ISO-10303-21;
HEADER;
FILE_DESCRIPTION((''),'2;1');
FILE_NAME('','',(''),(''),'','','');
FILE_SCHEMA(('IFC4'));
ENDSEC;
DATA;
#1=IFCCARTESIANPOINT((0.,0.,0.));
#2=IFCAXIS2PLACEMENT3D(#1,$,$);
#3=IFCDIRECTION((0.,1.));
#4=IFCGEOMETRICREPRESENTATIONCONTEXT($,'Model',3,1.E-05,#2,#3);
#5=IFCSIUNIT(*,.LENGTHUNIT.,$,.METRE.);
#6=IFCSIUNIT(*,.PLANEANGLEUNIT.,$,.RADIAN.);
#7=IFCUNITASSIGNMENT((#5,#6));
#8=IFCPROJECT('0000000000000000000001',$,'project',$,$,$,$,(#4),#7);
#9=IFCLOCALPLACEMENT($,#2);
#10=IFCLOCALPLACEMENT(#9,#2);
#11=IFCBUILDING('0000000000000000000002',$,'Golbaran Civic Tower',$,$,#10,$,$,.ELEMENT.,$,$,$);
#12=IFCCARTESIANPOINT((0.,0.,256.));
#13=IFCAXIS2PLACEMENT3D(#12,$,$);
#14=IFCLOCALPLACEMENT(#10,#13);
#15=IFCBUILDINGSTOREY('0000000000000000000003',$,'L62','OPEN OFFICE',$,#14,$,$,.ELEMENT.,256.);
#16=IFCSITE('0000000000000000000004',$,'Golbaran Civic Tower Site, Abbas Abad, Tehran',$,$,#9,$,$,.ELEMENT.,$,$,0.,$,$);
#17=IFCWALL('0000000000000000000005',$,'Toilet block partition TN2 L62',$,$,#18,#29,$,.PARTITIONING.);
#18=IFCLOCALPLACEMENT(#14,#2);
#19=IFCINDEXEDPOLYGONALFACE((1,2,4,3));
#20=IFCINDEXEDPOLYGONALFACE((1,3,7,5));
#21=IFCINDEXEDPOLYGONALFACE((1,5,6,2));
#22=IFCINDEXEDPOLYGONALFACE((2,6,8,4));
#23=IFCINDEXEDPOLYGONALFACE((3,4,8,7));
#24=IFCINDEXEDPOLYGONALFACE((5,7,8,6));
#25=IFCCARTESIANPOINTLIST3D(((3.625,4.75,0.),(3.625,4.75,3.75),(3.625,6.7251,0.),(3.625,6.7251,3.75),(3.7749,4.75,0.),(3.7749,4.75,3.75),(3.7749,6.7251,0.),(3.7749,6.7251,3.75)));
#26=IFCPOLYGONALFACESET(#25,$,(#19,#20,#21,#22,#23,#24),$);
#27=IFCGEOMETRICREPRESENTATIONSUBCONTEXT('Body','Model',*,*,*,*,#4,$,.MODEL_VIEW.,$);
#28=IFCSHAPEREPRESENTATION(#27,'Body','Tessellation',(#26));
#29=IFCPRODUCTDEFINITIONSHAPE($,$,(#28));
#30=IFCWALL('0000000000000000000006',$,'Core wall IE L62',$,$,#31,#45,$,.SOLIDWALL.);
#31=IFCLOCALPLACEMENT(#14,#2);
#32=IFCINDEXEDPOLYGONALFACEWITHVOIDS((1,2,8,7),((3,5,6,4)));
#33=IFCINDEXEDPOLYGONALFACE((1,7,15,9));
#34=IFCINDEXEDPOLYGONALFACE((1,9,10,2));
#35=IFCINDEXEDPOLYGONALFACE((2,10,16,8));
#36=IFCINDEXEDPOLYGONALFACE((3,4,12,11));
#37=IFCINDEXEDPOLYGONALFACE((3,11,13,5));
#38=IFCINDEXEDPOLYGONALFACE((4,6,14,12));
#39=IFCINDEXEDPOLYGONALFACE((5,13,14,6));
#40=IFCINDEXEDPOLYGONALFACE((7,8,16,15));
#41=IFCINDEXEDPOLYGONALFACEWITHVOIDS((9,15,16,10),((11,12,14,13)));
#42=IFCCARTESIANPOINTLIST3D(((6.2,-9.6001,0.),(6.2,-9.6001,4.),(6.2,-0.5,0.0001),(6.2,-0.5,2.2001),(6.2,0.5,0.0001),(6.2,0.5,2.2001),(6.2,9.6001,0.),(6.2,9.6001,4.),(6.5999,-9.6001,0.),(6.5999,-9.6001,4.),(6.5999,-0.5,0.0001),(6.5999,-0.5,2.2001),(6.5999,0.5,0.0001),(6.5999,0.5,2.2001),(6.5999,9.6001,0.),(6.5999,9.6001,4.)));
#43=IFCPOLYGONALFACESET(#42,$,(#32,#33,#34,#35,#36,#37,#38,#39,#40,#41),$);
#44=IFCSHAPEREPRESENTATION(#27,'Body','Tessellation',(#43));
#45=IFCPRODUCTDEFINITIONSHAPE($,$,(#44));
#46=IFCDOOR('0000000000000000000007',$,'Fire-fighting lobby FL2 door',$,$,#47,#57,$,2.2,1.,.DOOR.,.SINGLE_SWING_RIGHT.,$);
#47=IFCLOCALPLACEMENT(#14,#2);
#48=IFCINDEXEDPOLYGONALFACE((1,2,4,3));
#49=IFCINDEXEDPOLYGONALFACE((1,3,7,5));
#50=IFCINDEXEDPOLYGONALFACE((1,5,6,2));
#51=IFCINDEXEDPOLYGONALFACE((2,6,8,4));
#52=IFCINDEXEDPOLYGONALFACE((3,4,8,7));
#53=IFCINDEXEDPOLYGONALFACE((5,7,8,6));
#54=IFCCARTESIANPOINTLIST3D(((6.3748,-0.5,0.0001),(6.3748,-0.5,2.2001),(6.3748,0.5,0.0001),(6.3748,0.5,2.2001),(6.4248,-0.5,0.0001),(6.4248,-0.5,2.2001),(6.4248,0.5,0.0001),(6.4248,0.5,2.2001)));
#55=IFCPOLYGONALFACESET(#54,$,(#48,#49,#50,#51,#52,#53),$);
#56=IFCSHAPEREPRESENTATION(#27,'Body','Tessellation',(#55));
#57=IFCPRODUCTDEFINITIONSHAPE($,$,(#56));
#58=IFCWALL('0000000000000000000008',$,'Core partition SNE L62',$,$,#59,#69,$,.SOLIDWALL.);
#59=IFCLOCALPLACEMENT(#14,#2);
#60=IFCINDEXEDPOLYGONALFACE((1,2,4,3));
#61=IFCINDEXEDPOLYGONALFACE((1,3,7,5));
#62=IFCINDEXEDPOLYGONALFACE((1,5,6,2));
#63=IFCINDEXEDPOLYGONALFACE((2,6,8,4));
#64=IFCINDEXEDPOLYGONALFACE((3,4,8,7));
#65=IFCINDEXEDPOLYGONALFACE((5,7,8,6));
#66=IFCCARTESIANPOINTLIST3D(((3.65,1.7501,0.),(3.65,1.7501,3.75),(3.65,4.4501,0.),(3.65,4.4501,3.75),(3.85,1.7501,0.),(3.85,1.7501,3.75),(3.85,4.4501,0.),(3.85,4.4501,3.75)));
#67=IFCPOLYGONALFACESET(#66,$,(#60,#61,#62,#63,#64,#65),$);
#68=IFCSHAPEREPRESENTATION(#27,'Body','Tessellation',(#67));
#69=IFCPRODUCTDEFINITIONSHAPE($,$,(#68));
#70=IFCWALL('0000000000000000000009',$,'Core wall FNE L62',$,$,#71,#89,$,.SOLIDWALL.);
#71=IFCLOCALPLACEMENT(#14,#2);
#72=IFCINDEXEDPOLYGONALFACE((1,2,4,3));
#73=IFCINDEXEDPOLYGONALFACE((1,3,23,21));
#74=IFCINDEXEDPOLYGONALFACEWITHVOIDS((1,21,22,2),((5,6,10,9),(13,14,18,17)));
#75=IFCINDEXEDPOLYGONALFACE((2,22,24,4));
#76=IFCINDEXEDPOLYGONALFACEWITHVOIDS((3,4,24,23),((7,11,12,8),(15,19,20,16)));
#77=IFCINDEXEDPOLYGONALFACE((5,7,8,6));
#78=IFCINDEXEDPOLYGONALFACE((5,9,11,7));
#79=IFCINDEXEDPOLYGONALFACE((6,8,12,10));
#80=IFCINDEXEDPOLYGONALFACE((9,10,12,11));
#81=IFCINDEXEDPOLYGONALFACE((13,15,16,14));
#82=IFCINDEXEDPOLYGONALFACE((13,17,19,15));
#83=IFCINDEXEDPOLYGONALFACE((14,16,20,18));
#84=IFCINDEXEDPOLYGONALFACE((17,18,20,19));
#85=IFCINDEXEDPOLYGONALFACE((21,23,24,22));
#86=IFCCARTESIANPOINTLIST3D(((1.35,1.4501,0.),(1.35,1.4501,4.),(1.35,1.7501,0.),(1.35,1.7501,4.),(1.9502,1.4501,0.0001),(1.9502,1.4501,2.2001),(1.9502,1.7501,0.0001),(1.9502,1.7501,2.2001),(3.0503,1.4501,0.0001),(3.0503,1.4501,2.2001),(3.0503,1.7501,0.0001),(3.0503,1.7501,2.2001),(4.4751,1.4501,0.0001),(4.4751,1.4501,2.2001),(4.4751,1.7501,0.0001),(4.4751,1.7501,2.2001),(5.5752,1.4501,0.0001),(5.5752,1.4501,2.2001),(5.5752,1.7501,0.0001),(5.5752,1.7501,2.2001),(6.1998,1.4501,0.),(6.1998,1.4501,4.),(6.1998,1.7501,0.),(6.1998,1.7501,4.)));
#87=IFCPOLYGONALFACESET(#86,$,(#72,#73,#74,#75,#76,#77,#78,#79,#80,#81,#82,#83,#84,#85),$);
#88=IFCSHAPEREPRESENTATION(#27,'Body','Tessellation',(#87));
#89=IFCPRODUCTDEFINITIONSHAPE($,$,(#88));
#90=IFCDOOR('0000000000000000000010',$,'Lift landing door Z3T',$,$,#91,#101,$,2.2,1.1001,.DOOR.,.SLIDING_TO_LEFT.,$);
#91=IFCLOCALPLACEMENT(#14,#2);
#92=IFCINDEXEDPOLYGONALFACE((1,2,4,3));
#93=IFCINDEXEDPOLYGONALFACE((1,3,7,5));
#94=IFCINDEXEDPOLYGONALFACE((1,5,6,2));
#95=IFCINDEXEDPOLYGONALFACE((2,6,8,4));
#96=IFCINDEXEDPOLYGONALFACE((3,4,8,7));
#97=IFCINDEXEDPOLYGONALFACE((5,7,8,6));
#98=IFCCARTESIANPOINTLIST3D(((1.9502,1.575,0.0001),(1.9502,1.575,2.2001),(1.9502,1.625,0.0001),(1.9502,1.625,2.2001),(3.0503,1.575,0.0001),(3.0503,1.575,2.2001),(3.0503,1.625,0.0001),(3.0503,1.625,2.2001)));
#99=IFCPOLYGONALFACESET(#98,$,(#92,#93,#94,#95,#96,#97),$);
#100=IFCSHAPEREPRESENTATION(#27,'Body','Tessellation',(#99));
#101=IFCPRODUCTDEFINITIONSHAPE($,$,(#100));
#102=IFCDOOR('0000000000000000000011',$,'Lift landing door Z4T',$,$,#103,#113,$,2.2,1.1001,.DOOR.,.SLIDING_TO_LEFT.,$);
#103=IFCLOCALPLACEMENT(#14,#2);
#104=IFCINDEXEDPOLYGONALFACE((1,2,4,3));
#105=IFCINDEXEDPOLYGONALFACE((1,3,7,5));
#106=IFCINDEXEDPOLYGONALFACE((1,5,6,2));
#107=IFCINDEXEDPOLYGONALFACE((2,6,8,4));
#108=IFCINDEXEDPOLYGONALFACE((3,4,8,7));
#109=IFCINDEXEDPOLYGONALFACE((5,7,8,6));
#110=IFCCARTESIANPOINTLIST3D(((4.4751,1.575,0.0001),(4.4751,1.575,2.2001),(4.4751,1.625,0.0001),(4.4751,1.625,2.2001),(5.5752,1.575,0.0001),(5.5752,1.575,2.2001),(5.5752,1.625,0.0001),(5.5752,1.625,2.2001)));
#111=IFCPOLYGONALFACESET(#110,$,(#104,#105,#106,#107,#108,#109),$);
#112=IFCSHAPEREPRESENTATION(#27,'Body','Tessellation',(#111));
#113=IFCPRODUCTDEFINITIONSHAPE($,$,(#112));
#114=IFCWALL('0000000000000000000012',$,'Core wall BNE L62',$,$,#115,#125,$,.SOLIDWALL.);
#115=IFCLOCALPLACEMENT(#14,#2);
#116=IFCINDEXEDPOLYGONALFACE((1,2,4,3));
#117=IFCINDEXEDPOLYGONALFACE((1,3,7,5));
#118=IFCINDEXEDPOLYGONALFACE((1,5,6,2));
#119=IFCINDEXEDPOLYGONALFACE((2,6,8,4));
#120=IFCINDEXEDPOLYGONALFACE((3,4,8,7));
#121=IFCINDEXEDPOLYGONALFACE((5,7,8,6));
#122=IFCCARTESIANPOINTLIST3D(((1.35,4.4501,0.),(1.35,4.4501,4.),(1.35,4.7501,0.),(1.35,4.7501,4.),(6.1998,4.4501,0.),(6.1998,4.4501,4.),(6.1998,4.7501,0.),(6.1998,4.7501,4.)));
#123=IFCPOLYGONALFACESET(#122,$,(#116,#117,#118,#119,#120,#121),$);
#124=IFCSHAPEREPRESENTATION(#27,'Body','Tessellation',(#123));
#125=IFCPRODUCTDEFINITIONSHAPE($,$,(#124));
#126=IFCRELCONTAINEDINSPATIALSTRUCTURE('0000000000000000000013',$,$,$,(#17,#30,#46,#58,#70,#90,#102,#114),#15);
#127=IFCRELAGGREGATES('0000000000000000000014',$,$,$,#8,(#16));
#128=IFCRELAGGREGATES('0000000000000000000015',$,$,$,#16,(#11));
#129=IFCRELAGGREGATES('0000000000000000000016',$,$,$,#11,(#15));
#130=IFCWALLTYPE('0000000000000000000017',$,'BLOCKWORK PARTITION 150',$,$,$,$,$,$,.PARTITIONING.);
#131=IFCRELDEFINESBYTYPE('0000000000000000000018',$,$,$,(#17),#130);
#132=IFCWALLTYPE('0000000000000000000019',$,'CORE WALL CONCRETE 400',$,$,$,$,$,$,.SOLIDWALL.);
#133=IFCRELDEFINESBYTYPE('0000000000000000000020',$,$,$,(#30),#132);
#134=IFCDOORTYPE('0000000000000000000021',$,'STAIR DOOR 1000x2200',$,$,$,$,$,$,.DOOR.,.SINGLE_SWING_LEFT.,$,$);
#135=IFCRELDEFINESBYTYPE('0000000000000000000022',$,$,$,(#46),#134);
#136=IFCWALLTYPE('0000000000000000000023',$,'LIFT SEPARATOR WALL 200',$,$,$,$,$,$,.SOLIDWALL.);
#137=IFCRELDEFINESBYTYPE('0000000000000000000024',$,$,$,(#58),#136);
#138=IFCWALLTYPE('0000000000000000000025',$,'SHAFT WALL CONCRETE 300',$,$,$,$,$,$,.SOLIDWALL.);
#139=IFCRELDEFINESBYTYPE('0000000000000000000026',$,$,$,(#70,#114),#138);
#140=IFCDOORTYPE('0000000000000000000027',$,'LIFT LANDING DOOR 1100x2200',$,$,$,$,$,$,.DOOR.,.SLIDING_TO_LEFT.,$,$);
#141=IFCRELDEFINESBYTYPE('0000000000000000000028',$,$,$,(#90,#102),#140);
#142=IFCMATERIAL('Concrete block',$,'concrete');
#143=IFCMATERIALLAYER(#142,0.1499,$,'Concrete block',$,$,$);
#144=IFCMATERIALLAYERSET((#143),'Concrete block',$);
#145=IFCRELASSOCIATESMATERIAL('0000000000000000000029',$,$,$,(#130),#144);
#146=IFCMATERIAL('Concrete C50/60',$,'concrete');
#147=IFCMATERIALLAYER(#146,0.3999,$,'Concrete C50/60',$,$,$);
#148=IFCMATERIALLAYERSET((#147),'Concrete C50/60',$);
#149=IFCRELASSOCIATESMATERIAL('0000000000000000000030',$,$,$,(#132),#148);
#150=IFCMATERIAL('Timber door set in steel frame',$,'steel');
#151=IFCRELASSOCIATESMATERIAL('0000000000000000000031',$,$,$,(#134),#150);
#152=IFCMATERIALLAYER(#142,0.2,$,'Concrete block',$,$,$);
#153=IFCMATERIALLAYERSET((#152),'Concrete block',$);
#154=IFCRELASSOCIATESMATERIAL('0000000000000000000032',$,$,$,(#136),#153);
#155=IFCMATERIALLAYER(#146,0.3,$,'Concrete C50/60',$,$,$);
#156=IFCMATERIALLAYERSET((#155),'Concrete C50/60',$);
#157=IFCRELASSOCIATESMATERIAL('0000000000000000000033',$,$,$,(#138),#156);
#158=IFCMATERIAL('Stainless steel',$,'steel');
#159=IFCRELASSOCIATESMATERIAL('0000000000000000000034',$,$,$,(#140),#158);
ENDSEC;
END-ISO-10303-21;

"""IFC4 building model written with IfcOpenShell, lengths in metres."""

from ifc_helpers import new_model, si_unit, direction, frame, frame_2d, origin, place, context, subcontext, project, spatial, rectangle, extrude, material, layer, layer_set, type_object, element, fill, save


model = new_model("IFC4")

# Units and contexts
model_context = context("Model", 3, precision=1e-05, world=origin(), true_north=direction((0.0, 1.0)))
body_context = subcontext(model_context, "Body", "Model", "MODEL_VIEW")
ifc_project = project(units=[si_unit("LENGTHUNIT", "METRE"), si_unit("PLANEANGLEUNIT", "RADIAN")], contexts=[model_context])

# Site, building, storey
site_placement = place(None, origin())
site = spatial("IfcSite", under=ifc_project, at=site_placement, Name="Golbaran Civic Tower Site, Abbas Abad, Tehran", CompositionType="ELEMENT", RefElevation=0.0)
building_placement = place(site_placement, origin())
building = spatial("IfcBuilding", under=site, at=building_placement, Name="Golbaran Civic Tower", CompositionType="ELEMENT")
storey_placement = place(building_placement, frame((0.0, 0.0, 256.0)))
storey = spatial("IfcBuildingStorey", under=building, at=storey_placement, Name="L62", Description="OPEN OFFICE", CompositionType="ELEMENT", Elevation=256.0)

# Shared definitions
ifc_material_1 = material(Name="Concrete block", Category="concrete")
ifc_layer_1 = layer(ifc_material_1, 0.1499, Name="Concrete block")
ifc_layer_set_1 = layer_set([ifc_layer_1], Name="Concrete block")
wall_type_1 = type_object("IfcWallType", Name="BLOCKWORK PARTITION 150", PredefinedType="PARTITIONING", material=ifc_layer_set_1)
ifc_material_2 = material(Name="Timber door set in steel frame", Category="steel")

# Wall
wall_1_placement = place(storey_placement, frame((3.7, 4.75, 0.0), z_axis=(0.0, 0.0, 1.0), x_axis=(0.0, 1.0, 0.0)))
element("IfcWall", 1, at=wall_1_placement, inside=storey, type_object=wall_type_1, Name="Toilet block partition TN2 L62", PredefinedType="PARTITIONING", context=body_context, shape_type="SweptSolid", body=[
    extrude(rectangle(XDim=1.9751, YDim=0.1499, at=frame_2d((0.9875, 0.0))), origin(), (0.0, 0.0, 1.0), 3.75),
])

# Wall, opening, door
ifc_material_3 = material(Name="Concrete C50/60", Category="concrete")
ifc_layer_2 = layer(ifc_material_3, 0.3999, Name="Concrete C50/60")
ifc_layer_set_2 = layer_set([ifc_layer_2], Name="Concrete C50/60")
wall_type_2 = type_object("IfcWallType", Name="CORE WALL CONCRETE 400", PredefinedType="SOLIDWALL", material=ifc_layer_set_2)
wall_2_placement = place(storey_placement, frame((6.3999, 9.6001, 0.0), z_axis=(0.0, 0.0, 1.0), x_axis=(0.0, -1.0, 0.0)))
wall_2 = element("IfcWall", 2, at=wall_2_placement, inside=storey, type_object=wall_type_2, Name="Core wall IE L62", PredefinedType="SOLIDWALL", context=body_context, shape_type="SweptSolid", body=[
    extrude(rectangle(XDim=19.2002, YDim=0.3999, at=frame_2d((9.6001, 0.0))), origin(), (0.0, 0.0, 1.0), 4.0),
])
opening_1_placement = place(wall_2_placement, frame((9.1001, 0.0, 0.0)))
opening_1 = element("IfcOpeningElement", 3, at=opening_1_placement, cuts=wall_2, PredefinedType="OPENING", context=body_context, shape_type="SweptSolid", body=[
    extrude(rectangle(XDim=1.0, YDim=2.2, at=frame_2d((0.5, 1.1001))), frame((0.0, 0.21, 0.0), z_axis=(0.0, -1.0, 0.0), x_axis=(1.0, 0.0, 0.0)), (0.0, 0.0, 1.0), 0.4199),
])
door_type_1 = type_object("IfcDoorType", Name="STAIR DOOR 1000x2200", OperationType="SINGLE_SWING_LEFT", PredefinedType="DOOR", material=ifc_material_2)
door_1_placement = place(opening_1_placement, origin())
door_1 = element("IfcDoor", 4, at=door_1_placement, inside=storey, type_object=door_type_1, Name="Fire-fighting lobby FL2 door", OperationType="SINGLE_SWING_RIGHT", OverallHeight=2.2, OverallWidth=1.0, PredefinedType="DOOR", context=body_context, shape_type="SweptSolid", body=[
    extrude(rectangle(XDim=1.0, YDim=2.2, at=frame_2d((0.5, 1.1001))), frame((0.0, 0.0249, 0.0), z_axis=(0.0, -1.0, 0.0), x_axis=(1.0, 0.0, 0.0)), (0.0, 0.0, 1.0), 0.05),
])
fill(opening_1, door_1)

# Wall
ifc_layer_3 = layer(ifc_material_1, 0.2, Name="Concrete block")
ifc_layer_set_3 = layer_set([ifc_layer_3], Name="Concrete block")
wall_type_3 = type_object("IfcWallType", Name="LIFT SEPARATOR WALL 200", PredefinedType="SOLIDWALL", material=ifc_layer_set_3)
wall_3_placement = place(storey_placement, frame((3.75, 1.75, 0.0), z_axis=(0.0, 0.0, 1.0), x_axis=(0.0, 1.0, 0.0)))
element("IfcWall", 5, at=wall_3_placement, inside=storey, type_object=wall_type_3, Name="Core partition SNE L62", PredefinedType="SOLIDWALL", context=body_context, shape_type="SweptSolid", body=[
    extrude(rectangle(XDim=2.7, YDim=0.2, at=frame_2d((1.3501, 0.0))), origin(), (0.0, 0.0, 1.0), 3.75),
])

# Wall, openings, doors
ifc_layer_4 = layer(ifc_material_3, 0.3, Name="Concrete C50/60")
ifc_layer_set_4 = layer_set([ifc_layer_4], Name="Concrete C50/60")
wall_type_4 = type_object("IfcWallType", Name="SHAFT WALL CONCRETE 300", PredefinedType="SOLIDWALL", material=ifc_layer_set_4)
wall_4_placement = place(storey_placement, frame((1.3501, 1.6001, 0.0), z_axis=(0.0, 0.0, 1.0), x_axis=(1.0, 0.0, 0.0)))
wall_4 = element("IfcWall", 6, at=wall_4_placement, inside=storey, type_object=wall_type_4, Name="Core wall FNE L62", PredefinedType="SOLIDWALL", context=body_context, shape_type="SweptSolid", body=[
    extrude(rectangle(XDim=4.8499, YDim=0.3, at=frame_2d((2.4248, 0.0))), origin(), (0.0, 0.0, 1.0), 4.0),
])
opening_2_placement = place(wall_4_placement, frame((0.6001, 0.0, 0.0)))
opening_2 = element("IfcOpeningElement", 7, at=opening_2_placement, cuts=wall_4, PredefinedType="OPENING", context=body_context, shape_type="SweptSolid", body=[
    extrude(rectangle(XDim=1.1001, YDim=2.2, at=frame_2d((0.55, 1.1001))), frame((0.0, 0.1599, 0.0), z_axis=(0.0, -1.0, 0.0), x_axis=(1.0, 0.0, 0.0)), (0.0, 0.0, 1.0), 0.3201),
])
opening_3_placement = place(wall_4_placement, frame((3.125, 0.0, 0.0)))
opening_3 = element("IfcOpeningElement", 8, at=opening_3_placement, cuts=wall_4, PredefinedType="OPENING", context=body_context, shape_type="SweptSolid", body=[
    extrude(rectangle(XDim=1.1001, YDim=2.2, at=frame_2d((0.55, 1.1001))), frame((0.0, 0.1599, 0.0), z_axis=(0.0, -1.0, 0.0), x_axis=(1.0, 0.0, 0.0)), (0.0, 0.0, 1.0), 0.3201),
])
ifc_material_4 = material(Name="Stainless steel", Category="steel")
door_type_2 = type_object("IfcDoorType", Name="LIFT LANDING DOOR 1100x2200", OperationType="SLIDING_TO_LEFT", PredefinedType="DOOR", material=ifc_material_4)
door_2_placement = place(opening_2_placement, origin())
door_2 = element("IfcDoor", 9, at=door_2_placement, inside=storey, type_object=door_type_2, Name="Lift landing door Z3T", OperationType="SLIDING_TO_LEFT", OverallHeight=2.2, OverallWidth=1.1001, PredefinedType="DOOR", context=body_context, shape_type="SweptSolid", body=[
    extrude(rectangle(XDim=1.1001, YDim=2.2, at=frame_2d((0.55, 1.1001))), frame((0.0, 0.0249, 0.0), z_axis=(0.0, -1.0, 0.0), x_axis=(1.0, 0.0, 0.0)), (0.0, 0.0, 1.0), 0.05),
])
fill(opening_2, door_2)
door_3_placement = place(opening_3_placement, origin())
door_3 = element("IfcDoor", 10, at=door_3_placement, inside=storey, type_object=door_type_2, Name="Lift landing door Z4T", OperationType="SLIDING_TO_LEFT", OverallHeight=2.2, OverallWidth=1.1001, PredefinedType="DOOR", context=body_context, shape_type="SweptSolid", body=[
    extrude(rectangle(XDim=1.1001, YDim=2.2, at=frame_2d((0.55, 1.1001))), frame((0.0, 0.0249, 0.0), z_axis=(0.0, -1.0, 0.0), x_axis=(1.0, 0.0, 0.0)), (0.0, 0.0, 1.0), 0.05),
])
fill(opening_3, door_3)

# Wall
wall_5_placement = place(storey_placement, frame((1.3501, 4.6001, 0.0), z_axis=(0.0, 0.0, 1.0), x_axis=(1.0, 0.0, 0.0)))
element("IfcWall", 11, at=wall_5_placement, inside=storey, type_object=wall_type_4, Name="Core wall BNE L62", PredefinedType="SOLIDWALL", context=body_context, shape_type="SweptSolid", body=[
    extrude(rectangle(XDim=4.8499, YDim=0.3, at=frame_2d((2.4248, 0.0))), origin(), (0.0, 0.0, 1.0), 4.0),
])

save(model, "model.ifc")
